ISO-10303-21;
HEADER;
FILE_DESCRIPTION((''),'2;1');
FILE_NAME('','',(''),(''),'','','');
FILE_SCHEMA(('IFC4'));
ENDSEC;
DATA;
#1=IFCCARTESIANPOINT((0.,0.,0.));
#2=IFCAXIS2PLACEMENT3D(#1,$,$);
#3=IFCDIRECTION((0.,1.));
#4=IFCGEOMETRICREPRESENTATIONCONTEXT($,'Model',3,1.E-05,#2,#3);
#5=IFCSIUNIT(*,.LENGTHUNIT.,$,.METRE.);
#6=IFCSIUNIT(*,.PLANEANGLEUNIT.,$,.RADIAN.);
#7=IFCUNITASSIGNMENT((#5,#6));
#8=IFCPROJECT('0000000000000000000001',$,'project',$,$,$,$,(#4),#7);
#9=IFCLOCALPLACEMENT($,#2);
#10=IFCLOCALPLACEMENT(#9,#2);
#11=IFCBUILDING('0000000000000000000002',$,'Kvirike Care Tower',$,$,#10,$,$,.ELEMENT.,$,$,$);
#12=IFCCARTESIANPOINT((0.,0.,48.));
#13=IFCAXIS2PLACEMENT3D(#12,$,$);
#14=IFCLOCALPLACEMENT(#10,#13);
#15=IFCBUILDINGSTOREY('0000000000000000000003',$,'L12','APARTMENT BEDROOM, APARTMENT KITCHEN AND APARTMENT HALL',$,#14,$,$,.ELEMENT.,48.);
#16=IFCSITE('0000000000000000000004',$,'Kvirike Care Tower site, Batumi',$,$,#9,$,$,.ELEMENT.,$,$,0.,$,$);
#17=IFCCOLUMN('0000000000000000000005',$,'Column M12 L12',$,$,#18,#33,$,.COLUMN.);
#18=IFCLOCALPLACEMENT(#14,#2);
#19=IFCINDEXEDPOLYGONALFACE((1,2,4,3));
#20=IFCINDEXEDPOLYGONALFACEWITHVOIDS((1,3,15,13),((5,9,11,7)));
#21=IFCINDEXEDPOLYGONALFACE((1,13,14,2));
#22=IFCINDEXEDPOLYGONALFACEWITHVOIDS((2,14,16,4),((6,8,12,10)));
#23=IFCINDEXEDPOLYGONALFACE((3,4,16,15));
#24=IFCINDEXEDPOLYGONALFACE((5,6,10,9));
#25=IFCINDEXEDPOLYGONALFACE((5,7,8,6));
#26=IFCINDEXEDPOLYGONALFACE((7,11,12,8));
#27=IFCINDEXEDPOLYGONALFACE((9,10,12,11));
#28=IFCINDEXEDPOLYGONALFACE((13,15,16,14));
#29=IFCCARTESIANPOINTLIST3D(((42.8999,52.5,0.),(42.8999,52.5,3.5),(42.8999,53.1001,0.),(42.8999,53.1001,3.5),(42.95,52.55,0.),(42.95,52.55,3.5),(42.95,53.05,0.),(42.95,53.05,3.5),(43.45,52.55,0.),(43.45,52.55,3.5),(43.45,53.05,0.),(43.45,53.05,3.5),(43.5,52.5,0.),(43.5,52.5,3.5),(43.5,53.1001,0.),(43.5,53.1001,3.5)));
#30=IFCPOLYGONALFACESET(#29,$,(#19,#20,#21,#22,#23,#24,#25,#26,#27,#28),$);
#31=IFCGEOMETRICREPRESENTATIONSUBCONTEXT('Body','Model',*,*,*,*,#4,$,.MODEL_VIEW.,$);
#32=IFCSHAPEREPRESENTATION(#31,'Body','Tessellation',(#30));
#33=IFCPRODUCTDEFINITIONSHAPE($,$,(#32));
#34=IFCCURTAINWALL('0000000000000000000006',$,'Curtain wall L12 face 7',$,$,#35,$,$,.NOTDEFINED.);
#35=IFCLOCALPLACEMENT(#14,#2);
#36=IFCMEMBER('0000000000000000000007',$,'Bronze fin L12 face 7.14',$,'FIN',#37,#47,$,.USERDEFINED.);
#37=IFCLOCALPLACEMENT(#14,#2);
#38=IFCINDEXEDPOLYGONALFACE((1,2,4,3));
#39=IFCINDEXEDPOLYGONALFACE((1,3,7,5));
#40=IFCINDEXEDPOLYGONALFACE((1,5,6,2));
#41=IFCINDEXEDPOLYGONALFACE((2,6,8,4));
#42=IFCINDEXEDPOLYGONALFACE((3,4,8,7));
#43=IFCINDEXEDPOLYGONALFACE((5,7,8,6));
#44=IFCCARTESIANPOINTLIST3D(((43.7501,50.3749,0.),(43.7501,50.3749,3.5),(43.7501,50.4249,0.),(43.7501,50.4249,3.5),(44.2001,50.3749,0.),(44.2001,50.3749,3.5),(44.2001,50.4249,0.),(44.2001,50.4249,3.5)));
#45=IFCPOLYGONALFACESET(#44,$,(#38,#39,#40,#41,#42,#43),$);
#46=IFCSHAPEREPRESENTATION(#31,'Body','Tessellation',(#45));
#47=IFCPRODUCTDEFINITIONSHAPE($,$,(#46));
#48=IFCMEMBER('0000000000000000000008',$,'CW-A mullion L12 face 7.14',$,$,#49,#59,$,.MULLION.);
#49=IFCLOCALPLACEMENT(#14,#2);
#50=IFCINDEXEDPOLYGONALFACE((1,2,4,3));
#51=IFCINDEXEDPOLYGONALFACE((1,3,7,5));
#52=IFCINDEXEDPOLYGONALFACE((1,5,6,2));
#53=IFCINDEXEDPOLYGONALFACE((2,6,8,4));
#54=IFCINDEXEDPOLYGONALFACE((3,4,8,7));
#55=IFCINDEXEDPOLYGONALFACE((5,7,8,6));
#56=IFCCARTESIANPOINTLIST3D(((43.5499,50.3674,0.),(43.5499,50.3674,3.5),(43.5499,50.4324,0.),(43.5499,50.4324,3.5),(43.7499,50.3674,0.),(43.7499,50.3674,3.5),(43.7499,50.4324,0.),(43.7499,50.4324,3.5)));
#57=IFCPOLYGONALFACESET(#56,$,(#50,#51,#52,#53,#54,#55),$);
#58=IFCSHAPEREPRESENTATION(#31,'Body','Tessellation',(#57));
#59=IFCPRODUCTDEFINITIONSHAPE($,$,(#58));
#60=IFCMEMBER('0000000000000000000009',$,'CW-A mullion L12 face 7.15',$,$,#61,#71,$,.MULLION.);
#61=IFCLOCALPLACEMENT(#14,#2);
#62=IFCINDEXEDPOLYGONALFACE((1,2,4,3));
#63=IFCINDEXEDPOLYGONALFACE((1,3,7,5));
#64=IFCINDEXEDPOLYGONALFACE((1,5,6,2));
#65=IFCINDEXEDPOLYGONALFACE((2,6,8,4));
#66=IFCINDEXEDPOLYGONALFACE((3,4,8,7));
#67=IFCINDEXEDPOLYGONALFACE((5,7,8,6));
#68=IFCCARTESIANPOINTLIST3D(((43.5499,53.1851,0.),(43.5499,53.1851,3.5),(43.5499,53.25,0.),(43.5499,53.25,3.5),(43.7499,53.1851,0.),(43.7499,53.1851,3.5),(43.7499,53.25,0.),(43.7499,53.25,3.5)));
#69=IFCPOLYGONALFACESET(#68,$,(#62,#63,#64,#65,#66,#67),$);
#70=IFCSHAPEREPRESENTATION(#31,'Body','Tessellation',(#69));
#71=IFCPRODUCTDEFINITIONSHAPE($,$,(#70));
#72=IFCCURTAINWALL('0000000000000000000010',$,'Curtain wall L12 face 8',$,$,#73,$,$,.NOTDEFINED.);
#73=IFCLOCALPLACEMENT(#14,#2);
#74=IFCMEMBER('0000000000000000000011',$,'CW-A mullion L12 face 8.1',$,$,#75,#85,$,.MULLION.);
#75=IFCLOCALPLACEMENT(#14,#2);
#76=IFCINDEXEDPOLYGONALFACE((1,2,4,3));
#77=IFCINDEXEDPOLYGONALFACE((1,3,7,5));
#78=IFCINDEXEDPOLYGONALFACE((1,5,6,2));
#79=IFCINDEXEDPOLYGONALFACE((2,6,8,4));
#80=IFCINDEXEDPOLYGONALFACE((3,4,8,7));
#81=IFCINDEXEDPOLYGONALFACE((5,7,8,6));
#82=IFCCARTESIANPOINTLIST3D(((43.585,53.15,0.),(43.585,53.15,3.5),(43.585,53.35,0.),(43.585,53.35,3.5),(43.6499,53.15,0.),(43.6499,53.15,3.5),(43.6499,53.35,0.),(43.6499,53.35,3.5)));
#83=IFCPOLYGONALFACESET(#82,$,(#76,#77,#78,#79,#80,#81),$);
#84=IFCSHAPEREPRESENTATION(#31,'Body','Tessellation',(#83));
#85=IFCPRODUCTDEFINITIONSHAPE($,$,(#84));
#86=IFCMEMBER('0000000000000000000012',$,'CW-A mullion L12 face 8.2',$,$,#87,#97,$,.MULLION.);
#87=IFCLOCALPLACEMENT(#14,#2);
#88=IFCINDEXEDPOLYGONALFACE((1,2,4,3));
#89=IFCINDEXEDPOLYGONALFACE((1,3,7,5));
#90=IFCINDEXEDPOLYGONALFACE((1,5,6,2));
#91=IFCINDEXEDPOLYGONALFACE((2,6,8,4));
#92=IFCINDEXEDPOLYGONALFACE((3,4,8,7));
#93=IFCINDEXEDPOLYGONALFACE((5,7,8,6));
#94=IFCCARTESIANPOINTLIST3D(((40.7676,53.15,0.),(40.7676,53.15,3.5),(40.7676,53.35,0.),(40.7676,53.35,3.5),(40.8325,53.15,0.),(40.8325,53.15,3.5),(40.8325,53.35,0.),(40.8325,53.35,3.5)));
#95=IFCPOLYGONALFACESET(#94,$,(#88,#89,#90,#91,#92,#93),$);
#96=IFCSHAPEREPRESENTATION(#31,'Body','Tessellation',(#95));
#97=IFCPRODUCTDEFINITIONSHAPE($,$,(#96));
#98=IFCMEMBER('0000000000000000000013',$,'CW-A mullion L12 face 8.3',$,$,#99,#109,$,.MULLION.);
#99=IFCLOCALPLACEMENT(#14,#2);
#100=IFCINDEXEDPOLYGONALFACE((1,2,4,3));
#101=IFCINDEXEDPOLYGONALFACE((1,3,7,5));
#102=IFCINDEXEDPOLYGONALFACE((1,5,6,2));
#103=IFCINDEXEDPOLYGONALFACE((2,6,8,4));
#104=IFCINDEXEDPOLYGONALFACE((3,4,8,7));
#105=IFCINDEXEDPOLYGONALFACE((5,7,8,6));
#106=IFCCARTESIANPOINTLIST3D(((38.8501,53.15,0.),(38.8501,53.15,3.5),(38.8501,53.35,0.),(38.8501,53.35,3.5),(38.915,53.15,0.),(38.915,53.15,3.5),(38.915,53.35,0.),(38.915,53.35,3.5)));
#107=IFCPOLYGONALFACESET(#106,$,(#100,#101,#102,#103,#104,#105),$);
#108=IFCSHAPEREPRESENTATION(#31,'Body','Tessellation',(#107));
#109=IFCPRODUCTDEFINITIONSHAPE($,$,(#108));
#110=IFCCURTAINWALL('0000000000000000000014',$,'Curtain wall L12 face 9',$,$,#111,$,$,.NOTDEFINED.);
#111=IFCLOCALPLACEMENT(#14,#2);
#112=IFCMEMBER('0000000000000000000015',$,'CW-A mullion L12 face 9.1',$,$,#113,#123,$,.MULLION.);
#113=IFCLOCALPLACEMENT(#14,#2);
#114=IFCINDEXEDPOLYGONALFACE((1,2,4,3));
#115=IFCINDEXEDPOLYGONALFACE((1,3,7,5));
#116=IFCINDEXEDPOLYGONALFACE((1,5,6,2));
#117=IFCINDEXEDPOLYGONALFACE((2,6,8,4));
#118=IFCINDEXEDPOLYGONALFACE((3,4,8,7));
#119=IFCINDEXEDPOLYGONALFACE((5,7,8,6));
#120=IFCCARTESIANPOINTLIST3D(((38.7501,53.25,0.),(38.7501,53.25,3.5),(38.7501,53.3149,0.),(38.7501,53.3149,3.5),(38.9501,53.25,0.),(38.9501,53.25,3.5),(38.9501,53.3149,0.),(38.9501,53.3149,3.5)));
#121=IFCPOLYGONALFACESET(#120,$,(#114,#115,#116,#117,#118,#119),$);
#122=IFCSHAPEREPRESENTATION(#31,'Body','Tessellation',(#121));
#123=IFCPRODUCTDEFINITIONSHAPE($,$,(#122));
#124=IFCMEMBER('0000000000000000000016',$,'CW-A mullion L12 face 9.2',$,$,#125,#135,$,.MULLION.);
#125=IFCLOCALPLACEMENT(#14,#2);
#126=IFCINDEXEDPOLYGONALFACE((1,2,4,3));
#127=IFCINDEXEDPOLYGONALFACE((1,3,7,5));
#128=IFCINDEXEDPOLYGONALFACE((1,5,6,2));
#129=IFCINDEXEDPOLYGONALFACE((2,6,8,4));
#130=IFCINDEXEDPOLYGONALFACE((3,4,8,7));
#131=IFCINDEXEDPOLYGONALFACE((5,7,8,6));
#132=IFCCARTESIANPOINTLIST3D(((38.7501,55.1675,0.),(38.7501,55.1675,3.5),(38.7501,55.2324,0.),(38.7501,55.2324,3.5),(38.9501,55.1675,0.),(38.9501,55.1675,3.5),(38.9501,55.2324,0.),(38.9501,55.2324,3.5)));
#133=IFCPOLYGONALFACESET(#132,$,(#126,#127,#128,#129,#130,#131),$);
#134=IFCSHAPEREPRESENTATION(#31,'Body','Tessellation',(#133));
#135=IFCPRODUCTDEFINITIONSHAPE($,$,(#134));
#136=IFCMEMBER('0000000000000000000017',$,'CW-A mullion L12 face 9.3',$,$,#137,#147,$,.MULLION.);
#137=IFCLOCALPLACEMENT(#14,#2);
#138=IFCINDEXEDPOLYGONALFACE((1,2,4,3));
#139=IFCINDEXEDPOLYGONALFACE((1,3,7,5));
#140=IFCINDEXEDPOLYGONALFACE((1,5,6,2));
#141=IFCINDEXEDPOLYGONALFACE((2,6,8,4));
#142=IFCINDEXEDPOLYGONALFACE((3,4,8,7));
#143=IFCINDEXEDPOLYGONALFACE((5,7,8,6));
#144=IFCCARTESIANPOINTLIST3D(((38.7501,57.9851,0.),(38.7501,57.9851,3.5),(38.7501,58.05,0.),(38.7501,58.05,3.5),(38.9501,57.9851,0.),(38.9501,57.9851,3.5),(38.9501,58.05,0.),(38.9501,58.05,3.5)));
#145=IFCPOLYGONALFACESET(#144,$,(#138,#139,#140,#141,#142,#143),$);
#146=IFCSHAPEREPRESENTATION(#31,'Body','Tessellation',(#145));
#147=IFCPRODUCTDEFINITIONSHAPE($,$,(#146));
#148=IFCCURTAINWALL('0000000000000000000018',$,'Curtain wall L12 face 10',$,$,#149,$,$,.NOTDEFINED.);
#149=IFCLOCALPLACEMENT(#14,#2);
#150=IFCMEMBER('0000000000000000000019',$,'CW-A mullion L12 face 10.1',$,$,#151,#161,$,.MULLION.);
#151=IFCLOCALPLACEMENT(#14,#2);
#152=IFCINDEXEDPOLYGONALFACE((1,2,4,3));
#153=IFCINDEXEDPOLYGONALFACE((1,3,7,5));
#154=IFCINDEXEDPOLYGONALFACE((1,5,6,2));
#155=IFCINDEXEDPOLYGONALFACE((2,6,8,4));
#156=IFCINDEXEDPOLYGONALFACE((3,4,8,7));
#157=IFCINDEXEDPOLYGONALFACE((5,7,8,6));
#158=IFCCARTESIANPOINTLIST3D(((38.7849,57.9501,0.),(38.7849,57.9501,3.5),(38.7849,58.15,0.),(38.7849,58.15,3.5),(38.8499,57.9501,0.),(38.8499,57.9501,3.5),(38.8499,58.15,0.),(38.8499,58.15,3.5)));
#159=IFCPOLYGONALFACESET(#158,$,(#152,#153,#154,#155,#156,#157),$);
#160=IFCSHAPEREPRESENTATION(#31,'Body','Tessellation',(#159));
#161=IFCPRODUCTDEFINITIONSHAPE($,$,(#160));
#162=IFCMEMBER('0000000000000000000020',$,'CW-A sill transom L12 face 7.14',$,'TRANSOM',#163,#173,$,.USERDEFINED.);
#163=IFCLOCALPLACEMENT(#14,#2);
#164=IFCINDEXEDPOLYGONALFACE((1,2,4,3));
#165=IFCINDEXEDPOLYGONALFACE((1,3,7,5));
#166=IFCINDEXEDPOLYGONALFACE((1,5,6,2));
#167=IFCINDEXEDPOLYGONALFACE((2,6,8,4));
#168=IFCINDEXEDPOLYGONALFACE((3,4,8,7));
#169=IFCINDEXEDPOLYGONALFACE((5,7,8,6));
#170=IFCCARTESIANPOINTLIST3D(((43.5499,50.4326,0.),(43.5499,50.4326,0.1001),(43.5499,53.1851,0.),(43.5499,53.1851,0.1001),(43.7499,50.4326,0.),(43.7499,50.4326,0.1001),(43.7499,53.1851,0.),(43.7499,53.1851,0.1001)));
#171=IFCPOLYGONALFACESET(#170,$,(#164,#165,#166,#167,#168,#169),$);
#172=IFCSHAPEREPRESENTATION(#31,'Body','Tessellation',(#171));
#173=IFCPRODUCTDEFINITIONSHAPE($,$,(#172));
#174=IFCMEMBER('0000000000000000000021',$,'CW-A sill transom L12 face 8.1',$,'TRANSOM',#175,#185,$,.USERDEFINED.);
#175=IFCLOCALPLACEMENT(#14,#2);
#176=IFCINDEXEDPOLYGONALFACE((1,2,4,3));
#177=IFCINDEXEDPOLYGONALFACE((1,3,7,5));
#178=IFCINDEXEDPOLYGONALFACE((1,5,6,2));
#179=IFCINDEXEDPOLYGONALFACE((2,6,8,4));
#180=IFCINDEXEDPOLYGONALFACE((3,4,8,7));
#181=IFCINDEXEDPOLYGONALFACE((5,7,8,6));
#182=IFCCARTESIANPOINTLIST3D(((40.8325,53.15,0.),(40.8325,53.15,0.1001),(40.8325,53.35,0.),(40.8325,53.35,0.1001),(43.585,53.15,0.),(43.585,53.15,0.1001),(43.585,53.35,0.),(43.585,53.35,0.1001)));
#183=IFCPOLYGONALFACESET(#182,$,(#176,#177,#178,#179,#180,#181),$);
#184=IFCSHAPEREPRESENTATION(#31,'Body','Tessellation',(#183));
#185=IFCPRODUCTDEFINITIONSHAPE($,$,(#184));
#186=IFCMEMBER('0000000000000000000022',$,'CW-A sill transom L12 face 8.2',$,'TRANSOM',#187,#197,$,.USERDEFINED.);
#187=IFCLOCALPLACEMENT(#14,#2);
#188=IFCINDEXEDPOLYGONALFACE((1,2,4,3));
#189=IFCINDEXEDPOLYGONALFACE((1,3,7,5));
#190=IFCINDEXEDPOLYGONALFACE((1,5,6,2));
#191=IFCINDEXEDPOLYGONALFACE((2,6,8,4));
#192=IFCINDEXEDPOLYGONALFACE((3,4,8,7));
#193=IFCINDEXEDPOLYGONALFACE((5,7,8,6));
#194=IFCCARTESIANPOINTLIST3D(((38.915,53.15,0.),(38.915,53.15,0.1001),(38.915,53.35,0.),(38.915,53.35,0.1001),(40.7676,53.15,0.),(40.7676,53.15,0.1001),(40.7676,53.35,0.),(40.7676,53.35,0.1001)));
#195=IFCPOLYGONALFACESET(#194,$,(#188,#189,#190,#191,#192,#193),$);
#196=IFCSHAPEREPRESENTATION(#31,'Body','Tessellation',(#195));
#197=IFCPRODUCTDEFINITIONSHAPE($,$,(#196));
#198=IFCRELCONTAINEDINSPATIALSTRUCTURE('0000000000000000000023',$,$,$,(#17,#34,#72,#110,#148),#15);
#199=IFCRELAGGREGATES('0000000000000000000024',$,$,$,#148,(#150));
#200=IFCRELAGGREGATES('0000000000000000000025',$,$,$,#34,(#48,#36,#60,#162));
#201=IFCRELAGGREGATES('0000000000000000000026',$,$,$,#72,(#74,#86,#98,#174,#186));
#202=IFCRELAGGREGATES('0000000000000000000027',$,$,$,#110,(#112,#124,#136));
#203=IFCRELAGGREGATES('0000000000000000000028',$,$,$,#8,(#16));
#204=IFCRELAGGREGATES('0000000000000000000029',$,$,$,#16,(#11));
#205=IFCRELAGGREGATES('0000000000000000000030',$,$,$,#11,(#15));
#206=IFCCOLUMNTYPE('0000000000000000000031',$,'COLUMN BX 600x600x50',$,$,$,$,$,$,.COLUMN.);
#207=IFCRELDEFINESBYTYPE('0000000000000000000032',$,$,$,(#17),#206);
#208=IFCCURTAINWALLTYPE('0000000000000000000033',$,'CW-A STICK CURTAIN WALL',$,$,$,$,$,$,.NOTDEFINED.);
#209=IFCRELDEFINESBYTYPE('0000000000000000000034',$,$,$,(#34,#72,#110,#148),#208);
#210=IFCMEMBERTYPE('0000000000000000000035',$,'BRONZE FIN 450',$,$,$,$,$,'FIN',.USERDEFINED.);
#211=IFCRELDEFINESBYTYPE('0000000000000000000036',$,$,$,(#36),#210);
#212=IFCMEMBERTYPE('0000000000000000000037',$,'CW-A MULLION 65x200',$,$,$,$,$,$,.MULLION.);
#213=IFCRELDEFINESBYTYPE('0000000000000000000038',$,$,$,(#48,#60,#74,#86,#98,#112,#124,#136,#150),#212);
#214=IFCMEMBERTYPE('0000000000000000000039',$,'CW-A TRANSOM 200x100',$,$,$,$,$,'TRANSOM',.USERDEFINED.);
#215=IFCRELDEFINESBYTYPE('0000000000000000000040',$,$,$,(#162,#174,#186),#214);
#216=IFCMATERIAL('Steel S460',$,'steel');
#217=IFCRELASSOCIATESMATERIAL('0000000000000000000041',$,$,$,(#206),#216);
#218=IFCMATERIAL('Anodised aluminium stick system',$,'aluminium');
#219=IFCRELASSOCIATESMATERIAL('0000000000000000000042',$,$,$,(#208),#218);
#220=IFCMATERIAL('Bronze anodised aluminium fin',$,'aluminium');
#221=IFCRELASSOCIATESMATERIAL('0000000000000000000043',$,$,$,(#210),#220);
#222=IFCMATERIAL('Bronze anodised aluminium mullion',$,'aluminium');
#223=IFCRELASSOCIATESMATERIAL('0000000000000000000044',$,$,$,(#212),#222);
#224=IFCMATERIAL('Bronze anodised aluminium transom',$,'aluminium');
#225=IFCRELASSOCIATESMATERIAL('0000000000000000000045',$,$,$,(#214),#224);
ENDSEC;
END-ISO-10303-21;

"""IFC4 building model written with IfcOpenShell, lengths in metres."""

from ifc_helpers import new_model, si_unit, direction, frame, origin, origin_2d, place, context, subcontext, project, spatial, rectangle, hollow_rectangle, extrude, material, material_profile, profile_set, type_object, element, aggregate, save


model = new_model("IFC4")

# Units and contexts
model_context = context("Model", 3, precision=1e-05, world=origin(), true_north=direction((0.0, 1.0)))
body_context = subcontext(model_context, "Body", "Model", "MODEL_VIEW")
ifc_project = project(units=[si_unit("LENGTHUNIT", "METRE"), si_unit("PLANEANGLEUNIT", "RADIAN")], contexts=[model_context])

# Site, building, storey
site_placement = place(None, origin())
site = spatial("IfcSite", under=ifc_project, at=site_placement, Name="Kvirike Care Tower site, Batumi", CompositionType="ELEMENT", RefElevation=0.0)
building_placement = place(site_placement, origin())
building = spatial("IfcBuilding", under=site, at=building_placement, Name="Kvirike Care Tower", CompositionType="ELEMENT")
storey_placement = place(building_placement, frame((0.0, 0.0, 48.0)))
storey = spatial("IfcBuildingStorey", under=building, at=storey_placement, Name="L12", Description="APARTMENT BEDROOM, APARTMENT KITCHEN AND APARTMENT HALL", CompositionType="ELEMENT", Elevation=48.0)

# Column
ifc_material_1 = material(Name="Steel S460", Category="steel")
ifc_material_profile_1 = material_profile(ifc_material_1, hollow_rectangle(XDim=0.6001, YDim=0.6001, WallThickness=0.05, at=origin_2d()), Name="BX 600x600x50")
ifc_profile_set_1 = profile_set([ifc_material_profile_1], Name="Steel S460")
column_type = type_object("IfcColumnType", Name="COLUMN BX 600x600x50", PredefinedType="COLUMN", material=ifc_profile_set_1)
column_placement = place(storey_placement, frame((43.2, 52.8, 0.0), z_axis=(0.0, 0.0, 1.0), x_axis=(0.0, 1.0, 0.0)))
element("IfcColumn", 1, at=column_placement, inside=storey, type_object=column_type, Name="Column M12 L12", PredefinedType="COLUMN", context=body_context, shape_type="SweptSolid", body=[
    extrude(hollow_rectangle(XDim=0.6001, YDim=0.6001, WallThickness=0.05, at=origin_2d()), origin(), (0.0, 0.0, 1.0), 3.5),
])

# Curtain walls, members
ifc_material_2 = material(Name="Anodised aluminium stick system", Category="aluminium")
curtain_wall_type = type_object("IfcCurtainWallType", Name="CW-A STICK CURTAIN WALL", PredefinedType="NOTDEFINED", material=ifc_material_2)
curtain_wall_1_placement = place(storey_placement, origin())
curtain_wall_1 = element("IfcCurtainWall", 2, at=curtain_wall_1_placement, inside=storey, type_object=curtain_wall_type, Name="Curtain wall L12 face 7", PredefinedType="NOTDEFINED")
ifc_material_3 = material(Name="Bronze anodised aluminium fin", Category="aluminium")
ifc_material_profile_2 = material_profile(ifc_material_3, rectangle(XDim=0.05, YDim=0.45, at=origin_2d()), Name="BRONZE FIN 450")
ifc_profile_set_2 = profile_set([ifc_material_profile_2], Name="Bronze anodised aluminium fin")
member_type_1 = type_object("IfcMemberType", Name="BRONZE FIN 450", ElementType="FIN", PredefinedType="USERDEFINED", material=ifc_profile_set_2)
member_1_placement = place(storey_placement, frame((43.9751, 50.3999, 0.0), z_axis=(0.0, 0.0, 1.0), x_axis=(0.0, 1.0, 0.0)))
member_1 = element("IfcMember", 3, at=member_1_placement, type_object=member_type_1, Name="Bronze fin L12 face 7.14", ObjectType="FIN", PredefinedType="USERDEFINED", context=body_context, shape_type="SweptSolid", body=[
    extrude(rectangle(XDim=0.05, YDim=0.45, at=origin_2d()), origin(), (0.0, 0.0, 1.0), 3.5),
])
ifc_material_4 = material(Name="Bronze anodised aluminium mullion", Category="aluminium")
ifc_material_profile_3 = material_profile(ifc_material_4, rectangle(XDim=0.0649, YDim=0.2, at=origin_2d()), Name="CW-A MULLION 65x200")
ifc_profile_set_3 = profile_set([ifc_material_profile_3], Name="Bronze anodised aluminium mullion")
member_type_2 = type_object("IfcMemberType", Name="CW-A MULLION 65x200", PredefinedType="MULLION", material=ifc_profile_set_3)
member_2_placement = place(storey_placement, frame((43.6499, 50.3999, 0.0), z_axis=(0.0, 0.0, 1.0), x_axis=(0.0, 1.0, 0.0)))
member_2 = element("IfcMember", 4, at=member_2_placement, type_object=member_type_2, Name="CW-A mullion L12 face 7.14", PredefinedType="MULLION", context=body_context, shape_type="SweptSolid", body=[
    extrude(rectangle(XDim=0.0649, YDim=0.2, at=origin_2d()), origin(), (0.0, 0.0, 1.0), 3.5),
])
member_3_placement = place(storey_placement, frame((43.6499, 53.2175, 0.0), z_axis=(0.0, 0.0, 1.0), x_axis=(0.0, 1.0, 0.0)))
member_3 = element("IfcMember", 5, at=member_3_placement, type_object=member_type_2, Name="CW-A mullion L12 face 7.15", PredefinedType="MULLION", context=body_context, shape_type="SweptSolid", body=[
    extrude(rectangle(XDim=0.0649, YDim=0.2, at=origin_2d()), origin(), (0.0, 0.0, 1.0), 3.5),
])
curtain_wall_2_placement = place(storey_placement, origin())
curtain_wall_2 = element("IfcCurtainWall", 6, at=curtain_wall_2_placement, inside=storey, type_object=curtain_wall_type, Name="Curtain wall L12 face 8", PredefinedType="NOTDEFINED")
member_4_placement = place(storey_placement, frame((43.6174, 53.25, 0.0), z_axis=(0.0, 0.0, 1.0), x_axis=(-1.0, 0.0, 0.0)))
member_4 = element("IfcMember", 7, at=member_4_placement, type_object=member_type_2, Name="CW-A mullion L12 face 8.1", PredefinedType="MULLION", context=body_context, shape_type="SweptSolid", body=[
    extrude(rectangle(XDim=0.0649, YDim=0.2, at=origin_2d()), origin(), (0.0, 0.0, 1.0), 3.5),
])
member_5_placement = place(storey_placement, frame((40.8, 53.25, 0.0), z_axis=(0.0, 0.0, 1.0), x_axis=(-1.0, 0.0, 0.0)))
member_5 = element("IfcMember", 8, at=member_5_placement, type_object=member_type_2, Name="CW-A mullion L12 face 8.2", PredefinedType="MULLION", context=body_context, shape_type="SweptSolid", body=[
    extrude(rectangle(XDim=0.0649, YDim=0.2, at=origin_2d()), origin(), (0.0, 0.0, 1.0), 3.5),
])
member_6_placement = place(storey_placement, frame((38.8826, 53.25, 0.0), z_axis=(0.0, 0.0, 1.0), x_axis=(-1.0, 0.0, 0.0)))
member_6 = element("IfcMember", 9, at=member_6_placement, type_object=member_type_2, Name="CW-A mullion L12 face 8.3", PredefinedType="MULLION", context=body_context, shape_type="SweptSolid", body=[
    extrude(rectangle(XDim=0.0649, YDim=0.2, at=origin_2d()), origin(), (0.0, 0.0, 1.0), 3.5),
])
curtain_wall_3_placement = place(storey_placement, origin())
curtain_wall_3 = element("IfcCurtainWall", 10, at=curtain_wall_3_placement, inside=storey, type_object=curtain_wall_type, Name="Curtain wall L12 face 9", PredefinedType="NOTDEFINED")
member_7_placement = place(storey_placement, frame((38.8501, 53.2825, 0.0), z_axis=(0.0, 0.0, 1.0), x_axis=(0.0, 1.0, 0.0)))
member_7 = element("IfcMember", 11, at=member_7_placement, type_object=member_type_2, Name="CW-A mullion L12 face 9.1", PredefinedType="MULLION", context=body_context, shape_type="SweptSolid", body=[
    extrude(rectangle(XDim=0.0649, YDim=0.2, at=origin_2d()), origin(), (0.0, 0.0, 1.0), 3.5),
])
member_8_placement = place(storey_placement, frame((38.8501, 55.2, 0.0), z_axis=(0.0, 0.0, 1.0), x_axis=(0.0, 1.0, 0.0)))
member_8 = element("IfcMember", 12, at=member_8_placement, type_object=member_type_2, Name="CW-A mullion L12 face 9.2", PredefinedType="MULLION", context=body_context, shape_type="SweptSolid", body=[
    extrude(rectangle(XDim=0.0649, YDim=0.2, at=origin_2d()), origin(), (0.0, 0.0, 1.0), 3.5),
])
member_9_placement = place(storey_placement, frame((38.8501, 58.0176, 0.0), z_axis=(0.0, 0.0, 1.0), x_axis=(0.0, 1.0, 0.0)))
member_9 = element("IfcMember", 13, at=member_9_placement, type_object=member_type_2, Name="CW-A mullion L12 face 9.3", PredefinedType="MULLION", context=body_context, shape_type="SweptSolid", body=[
    extrude(rectangle(XDim=0.0649, YDim=0.2, at=origin_2d()), origin(), (0.0, 0.0, 1.0), 3.5),
])

# Curtain wall, member
curtain_wall_4_placement = place(storey_placement, origin())
curtain_wall_4 = element("IfcCurtainWall", 14, at=curtain_wall_4_placement, inside=storey, type_object=curtain_wall_type, Name="Curtain wall L12 face 10", PredefinedType="NOTDEFINED")
member_10_placement = place(storey_placement, frame((38.8174, 58.05, 0.0), z_axis=(0.0, 0.0, 1.0), x_axis=(-1.0, 0.0, 0.0)))
member_10 = element("IfcMember", 15, at=member_10_placement, type_object=member_type_2, Name="CW-A mullion L12 face 10.1", PredefinedType="MULLION", context=body_context, shape_type="SweptSolid", body=[
    extrude(rectangle(XDim=0.0649, YDim=0.2, at=origin_2d()), origin(), (0.0, 0.0, 1.0), 3.5),
])
aggregate(curtain_wall_4, [member_10])

# Members
ifc_material_5 = material(Name="Bronze anodised aluminium transom", Category="aluminium")
ifc_material_profile_4 = material_profile(ifc_material_5, rectangle(XDim=0.2, YDim=0.1001, at=origin_2d()), Name="CW-A TRANSOM 200x100")
ifc_profile_set_4 = profile_set([ifc_material_profile_4], Name="Bronze anodised aluminium transom")
member_type_3 = type_object("IfcMemberType", Name="CW-A TRANSOM 200x100", ElementType="TRANSOM", PredefinedType="USERDEFINED", material=ifc_profile_set_4)
member_11_placement = place(storey_placement, frame((43.6499, 50.4326, 0.05), z_axis=(0.0, 1.0, 0.0), x_axis=(-1.0, 0.0, 0.0)))
member_11 = element("IfcMember", 16, at=member_11_placement, type_object=member_type_3, Name="CW-A sill transom L12 face 7.14", ObjectType="TRANSOM", PredefinedType="USERDEFINED", context=body_context, shape_type="SweptSolid", body=[
    extrude(rectangle(XDim=0.2, YDim=0.1001, at=origin_2d()), origin(), (0.0, 0.0, 1.0), 2.7524),
])
member_12_placement = place(storey_placement, frame((43.585, 53.25, 0.05), z_axis=(-1.0, 0.0, 0.0), x_axis=(0.0, -1.0, 0.0)))
member_12 = element("IfcMember", 17, at=member_12_placement, type_object=member_type_3, Name="CW-A sill transom L12 face 8.1", ObjectType="TRANSOM", PredefinedType="USERDEFINED", context=body_context, shape_type="SweptSolid", body=[
    extrude(rectangle(XDim=0.2, YDim=0.1001, at=origin_2d()), origin(), (0.0, 0.0, 1.0), 2.7524),
])
member_13_placement = place(storey_placement, frame((40.7676, 53.25, 0.05), z_axis=(-1.0, 0.0, 0.0), x_axis=(0.0, -1.0, 0.0)))
member_13 = element("IfcMember", 18, at=member_13_placement, type_object=member_type_3, Name="CW-A sill transom L12 face 8.2", ObjectType="TRANSOM", PredefinedType="USERDEFINED", context=body_context, shape_type="SweptSolid", body=[
    extrude(rectangle(XDim=0.2, YDim=0.1001, at=origin_2d()), origin(), (0.0, 0.0, 1.0), 1.8525),
])

aggregate(curtain_wall_1, [member_2, member_1, member_3, member_11])
aggregate(curtain_wall_2, [member_4, member_5, member_6, member_12, member_13])
aggregate(curtain_wall_3, [member_7, member_8, member_9])

save(model, "model.ifc")
